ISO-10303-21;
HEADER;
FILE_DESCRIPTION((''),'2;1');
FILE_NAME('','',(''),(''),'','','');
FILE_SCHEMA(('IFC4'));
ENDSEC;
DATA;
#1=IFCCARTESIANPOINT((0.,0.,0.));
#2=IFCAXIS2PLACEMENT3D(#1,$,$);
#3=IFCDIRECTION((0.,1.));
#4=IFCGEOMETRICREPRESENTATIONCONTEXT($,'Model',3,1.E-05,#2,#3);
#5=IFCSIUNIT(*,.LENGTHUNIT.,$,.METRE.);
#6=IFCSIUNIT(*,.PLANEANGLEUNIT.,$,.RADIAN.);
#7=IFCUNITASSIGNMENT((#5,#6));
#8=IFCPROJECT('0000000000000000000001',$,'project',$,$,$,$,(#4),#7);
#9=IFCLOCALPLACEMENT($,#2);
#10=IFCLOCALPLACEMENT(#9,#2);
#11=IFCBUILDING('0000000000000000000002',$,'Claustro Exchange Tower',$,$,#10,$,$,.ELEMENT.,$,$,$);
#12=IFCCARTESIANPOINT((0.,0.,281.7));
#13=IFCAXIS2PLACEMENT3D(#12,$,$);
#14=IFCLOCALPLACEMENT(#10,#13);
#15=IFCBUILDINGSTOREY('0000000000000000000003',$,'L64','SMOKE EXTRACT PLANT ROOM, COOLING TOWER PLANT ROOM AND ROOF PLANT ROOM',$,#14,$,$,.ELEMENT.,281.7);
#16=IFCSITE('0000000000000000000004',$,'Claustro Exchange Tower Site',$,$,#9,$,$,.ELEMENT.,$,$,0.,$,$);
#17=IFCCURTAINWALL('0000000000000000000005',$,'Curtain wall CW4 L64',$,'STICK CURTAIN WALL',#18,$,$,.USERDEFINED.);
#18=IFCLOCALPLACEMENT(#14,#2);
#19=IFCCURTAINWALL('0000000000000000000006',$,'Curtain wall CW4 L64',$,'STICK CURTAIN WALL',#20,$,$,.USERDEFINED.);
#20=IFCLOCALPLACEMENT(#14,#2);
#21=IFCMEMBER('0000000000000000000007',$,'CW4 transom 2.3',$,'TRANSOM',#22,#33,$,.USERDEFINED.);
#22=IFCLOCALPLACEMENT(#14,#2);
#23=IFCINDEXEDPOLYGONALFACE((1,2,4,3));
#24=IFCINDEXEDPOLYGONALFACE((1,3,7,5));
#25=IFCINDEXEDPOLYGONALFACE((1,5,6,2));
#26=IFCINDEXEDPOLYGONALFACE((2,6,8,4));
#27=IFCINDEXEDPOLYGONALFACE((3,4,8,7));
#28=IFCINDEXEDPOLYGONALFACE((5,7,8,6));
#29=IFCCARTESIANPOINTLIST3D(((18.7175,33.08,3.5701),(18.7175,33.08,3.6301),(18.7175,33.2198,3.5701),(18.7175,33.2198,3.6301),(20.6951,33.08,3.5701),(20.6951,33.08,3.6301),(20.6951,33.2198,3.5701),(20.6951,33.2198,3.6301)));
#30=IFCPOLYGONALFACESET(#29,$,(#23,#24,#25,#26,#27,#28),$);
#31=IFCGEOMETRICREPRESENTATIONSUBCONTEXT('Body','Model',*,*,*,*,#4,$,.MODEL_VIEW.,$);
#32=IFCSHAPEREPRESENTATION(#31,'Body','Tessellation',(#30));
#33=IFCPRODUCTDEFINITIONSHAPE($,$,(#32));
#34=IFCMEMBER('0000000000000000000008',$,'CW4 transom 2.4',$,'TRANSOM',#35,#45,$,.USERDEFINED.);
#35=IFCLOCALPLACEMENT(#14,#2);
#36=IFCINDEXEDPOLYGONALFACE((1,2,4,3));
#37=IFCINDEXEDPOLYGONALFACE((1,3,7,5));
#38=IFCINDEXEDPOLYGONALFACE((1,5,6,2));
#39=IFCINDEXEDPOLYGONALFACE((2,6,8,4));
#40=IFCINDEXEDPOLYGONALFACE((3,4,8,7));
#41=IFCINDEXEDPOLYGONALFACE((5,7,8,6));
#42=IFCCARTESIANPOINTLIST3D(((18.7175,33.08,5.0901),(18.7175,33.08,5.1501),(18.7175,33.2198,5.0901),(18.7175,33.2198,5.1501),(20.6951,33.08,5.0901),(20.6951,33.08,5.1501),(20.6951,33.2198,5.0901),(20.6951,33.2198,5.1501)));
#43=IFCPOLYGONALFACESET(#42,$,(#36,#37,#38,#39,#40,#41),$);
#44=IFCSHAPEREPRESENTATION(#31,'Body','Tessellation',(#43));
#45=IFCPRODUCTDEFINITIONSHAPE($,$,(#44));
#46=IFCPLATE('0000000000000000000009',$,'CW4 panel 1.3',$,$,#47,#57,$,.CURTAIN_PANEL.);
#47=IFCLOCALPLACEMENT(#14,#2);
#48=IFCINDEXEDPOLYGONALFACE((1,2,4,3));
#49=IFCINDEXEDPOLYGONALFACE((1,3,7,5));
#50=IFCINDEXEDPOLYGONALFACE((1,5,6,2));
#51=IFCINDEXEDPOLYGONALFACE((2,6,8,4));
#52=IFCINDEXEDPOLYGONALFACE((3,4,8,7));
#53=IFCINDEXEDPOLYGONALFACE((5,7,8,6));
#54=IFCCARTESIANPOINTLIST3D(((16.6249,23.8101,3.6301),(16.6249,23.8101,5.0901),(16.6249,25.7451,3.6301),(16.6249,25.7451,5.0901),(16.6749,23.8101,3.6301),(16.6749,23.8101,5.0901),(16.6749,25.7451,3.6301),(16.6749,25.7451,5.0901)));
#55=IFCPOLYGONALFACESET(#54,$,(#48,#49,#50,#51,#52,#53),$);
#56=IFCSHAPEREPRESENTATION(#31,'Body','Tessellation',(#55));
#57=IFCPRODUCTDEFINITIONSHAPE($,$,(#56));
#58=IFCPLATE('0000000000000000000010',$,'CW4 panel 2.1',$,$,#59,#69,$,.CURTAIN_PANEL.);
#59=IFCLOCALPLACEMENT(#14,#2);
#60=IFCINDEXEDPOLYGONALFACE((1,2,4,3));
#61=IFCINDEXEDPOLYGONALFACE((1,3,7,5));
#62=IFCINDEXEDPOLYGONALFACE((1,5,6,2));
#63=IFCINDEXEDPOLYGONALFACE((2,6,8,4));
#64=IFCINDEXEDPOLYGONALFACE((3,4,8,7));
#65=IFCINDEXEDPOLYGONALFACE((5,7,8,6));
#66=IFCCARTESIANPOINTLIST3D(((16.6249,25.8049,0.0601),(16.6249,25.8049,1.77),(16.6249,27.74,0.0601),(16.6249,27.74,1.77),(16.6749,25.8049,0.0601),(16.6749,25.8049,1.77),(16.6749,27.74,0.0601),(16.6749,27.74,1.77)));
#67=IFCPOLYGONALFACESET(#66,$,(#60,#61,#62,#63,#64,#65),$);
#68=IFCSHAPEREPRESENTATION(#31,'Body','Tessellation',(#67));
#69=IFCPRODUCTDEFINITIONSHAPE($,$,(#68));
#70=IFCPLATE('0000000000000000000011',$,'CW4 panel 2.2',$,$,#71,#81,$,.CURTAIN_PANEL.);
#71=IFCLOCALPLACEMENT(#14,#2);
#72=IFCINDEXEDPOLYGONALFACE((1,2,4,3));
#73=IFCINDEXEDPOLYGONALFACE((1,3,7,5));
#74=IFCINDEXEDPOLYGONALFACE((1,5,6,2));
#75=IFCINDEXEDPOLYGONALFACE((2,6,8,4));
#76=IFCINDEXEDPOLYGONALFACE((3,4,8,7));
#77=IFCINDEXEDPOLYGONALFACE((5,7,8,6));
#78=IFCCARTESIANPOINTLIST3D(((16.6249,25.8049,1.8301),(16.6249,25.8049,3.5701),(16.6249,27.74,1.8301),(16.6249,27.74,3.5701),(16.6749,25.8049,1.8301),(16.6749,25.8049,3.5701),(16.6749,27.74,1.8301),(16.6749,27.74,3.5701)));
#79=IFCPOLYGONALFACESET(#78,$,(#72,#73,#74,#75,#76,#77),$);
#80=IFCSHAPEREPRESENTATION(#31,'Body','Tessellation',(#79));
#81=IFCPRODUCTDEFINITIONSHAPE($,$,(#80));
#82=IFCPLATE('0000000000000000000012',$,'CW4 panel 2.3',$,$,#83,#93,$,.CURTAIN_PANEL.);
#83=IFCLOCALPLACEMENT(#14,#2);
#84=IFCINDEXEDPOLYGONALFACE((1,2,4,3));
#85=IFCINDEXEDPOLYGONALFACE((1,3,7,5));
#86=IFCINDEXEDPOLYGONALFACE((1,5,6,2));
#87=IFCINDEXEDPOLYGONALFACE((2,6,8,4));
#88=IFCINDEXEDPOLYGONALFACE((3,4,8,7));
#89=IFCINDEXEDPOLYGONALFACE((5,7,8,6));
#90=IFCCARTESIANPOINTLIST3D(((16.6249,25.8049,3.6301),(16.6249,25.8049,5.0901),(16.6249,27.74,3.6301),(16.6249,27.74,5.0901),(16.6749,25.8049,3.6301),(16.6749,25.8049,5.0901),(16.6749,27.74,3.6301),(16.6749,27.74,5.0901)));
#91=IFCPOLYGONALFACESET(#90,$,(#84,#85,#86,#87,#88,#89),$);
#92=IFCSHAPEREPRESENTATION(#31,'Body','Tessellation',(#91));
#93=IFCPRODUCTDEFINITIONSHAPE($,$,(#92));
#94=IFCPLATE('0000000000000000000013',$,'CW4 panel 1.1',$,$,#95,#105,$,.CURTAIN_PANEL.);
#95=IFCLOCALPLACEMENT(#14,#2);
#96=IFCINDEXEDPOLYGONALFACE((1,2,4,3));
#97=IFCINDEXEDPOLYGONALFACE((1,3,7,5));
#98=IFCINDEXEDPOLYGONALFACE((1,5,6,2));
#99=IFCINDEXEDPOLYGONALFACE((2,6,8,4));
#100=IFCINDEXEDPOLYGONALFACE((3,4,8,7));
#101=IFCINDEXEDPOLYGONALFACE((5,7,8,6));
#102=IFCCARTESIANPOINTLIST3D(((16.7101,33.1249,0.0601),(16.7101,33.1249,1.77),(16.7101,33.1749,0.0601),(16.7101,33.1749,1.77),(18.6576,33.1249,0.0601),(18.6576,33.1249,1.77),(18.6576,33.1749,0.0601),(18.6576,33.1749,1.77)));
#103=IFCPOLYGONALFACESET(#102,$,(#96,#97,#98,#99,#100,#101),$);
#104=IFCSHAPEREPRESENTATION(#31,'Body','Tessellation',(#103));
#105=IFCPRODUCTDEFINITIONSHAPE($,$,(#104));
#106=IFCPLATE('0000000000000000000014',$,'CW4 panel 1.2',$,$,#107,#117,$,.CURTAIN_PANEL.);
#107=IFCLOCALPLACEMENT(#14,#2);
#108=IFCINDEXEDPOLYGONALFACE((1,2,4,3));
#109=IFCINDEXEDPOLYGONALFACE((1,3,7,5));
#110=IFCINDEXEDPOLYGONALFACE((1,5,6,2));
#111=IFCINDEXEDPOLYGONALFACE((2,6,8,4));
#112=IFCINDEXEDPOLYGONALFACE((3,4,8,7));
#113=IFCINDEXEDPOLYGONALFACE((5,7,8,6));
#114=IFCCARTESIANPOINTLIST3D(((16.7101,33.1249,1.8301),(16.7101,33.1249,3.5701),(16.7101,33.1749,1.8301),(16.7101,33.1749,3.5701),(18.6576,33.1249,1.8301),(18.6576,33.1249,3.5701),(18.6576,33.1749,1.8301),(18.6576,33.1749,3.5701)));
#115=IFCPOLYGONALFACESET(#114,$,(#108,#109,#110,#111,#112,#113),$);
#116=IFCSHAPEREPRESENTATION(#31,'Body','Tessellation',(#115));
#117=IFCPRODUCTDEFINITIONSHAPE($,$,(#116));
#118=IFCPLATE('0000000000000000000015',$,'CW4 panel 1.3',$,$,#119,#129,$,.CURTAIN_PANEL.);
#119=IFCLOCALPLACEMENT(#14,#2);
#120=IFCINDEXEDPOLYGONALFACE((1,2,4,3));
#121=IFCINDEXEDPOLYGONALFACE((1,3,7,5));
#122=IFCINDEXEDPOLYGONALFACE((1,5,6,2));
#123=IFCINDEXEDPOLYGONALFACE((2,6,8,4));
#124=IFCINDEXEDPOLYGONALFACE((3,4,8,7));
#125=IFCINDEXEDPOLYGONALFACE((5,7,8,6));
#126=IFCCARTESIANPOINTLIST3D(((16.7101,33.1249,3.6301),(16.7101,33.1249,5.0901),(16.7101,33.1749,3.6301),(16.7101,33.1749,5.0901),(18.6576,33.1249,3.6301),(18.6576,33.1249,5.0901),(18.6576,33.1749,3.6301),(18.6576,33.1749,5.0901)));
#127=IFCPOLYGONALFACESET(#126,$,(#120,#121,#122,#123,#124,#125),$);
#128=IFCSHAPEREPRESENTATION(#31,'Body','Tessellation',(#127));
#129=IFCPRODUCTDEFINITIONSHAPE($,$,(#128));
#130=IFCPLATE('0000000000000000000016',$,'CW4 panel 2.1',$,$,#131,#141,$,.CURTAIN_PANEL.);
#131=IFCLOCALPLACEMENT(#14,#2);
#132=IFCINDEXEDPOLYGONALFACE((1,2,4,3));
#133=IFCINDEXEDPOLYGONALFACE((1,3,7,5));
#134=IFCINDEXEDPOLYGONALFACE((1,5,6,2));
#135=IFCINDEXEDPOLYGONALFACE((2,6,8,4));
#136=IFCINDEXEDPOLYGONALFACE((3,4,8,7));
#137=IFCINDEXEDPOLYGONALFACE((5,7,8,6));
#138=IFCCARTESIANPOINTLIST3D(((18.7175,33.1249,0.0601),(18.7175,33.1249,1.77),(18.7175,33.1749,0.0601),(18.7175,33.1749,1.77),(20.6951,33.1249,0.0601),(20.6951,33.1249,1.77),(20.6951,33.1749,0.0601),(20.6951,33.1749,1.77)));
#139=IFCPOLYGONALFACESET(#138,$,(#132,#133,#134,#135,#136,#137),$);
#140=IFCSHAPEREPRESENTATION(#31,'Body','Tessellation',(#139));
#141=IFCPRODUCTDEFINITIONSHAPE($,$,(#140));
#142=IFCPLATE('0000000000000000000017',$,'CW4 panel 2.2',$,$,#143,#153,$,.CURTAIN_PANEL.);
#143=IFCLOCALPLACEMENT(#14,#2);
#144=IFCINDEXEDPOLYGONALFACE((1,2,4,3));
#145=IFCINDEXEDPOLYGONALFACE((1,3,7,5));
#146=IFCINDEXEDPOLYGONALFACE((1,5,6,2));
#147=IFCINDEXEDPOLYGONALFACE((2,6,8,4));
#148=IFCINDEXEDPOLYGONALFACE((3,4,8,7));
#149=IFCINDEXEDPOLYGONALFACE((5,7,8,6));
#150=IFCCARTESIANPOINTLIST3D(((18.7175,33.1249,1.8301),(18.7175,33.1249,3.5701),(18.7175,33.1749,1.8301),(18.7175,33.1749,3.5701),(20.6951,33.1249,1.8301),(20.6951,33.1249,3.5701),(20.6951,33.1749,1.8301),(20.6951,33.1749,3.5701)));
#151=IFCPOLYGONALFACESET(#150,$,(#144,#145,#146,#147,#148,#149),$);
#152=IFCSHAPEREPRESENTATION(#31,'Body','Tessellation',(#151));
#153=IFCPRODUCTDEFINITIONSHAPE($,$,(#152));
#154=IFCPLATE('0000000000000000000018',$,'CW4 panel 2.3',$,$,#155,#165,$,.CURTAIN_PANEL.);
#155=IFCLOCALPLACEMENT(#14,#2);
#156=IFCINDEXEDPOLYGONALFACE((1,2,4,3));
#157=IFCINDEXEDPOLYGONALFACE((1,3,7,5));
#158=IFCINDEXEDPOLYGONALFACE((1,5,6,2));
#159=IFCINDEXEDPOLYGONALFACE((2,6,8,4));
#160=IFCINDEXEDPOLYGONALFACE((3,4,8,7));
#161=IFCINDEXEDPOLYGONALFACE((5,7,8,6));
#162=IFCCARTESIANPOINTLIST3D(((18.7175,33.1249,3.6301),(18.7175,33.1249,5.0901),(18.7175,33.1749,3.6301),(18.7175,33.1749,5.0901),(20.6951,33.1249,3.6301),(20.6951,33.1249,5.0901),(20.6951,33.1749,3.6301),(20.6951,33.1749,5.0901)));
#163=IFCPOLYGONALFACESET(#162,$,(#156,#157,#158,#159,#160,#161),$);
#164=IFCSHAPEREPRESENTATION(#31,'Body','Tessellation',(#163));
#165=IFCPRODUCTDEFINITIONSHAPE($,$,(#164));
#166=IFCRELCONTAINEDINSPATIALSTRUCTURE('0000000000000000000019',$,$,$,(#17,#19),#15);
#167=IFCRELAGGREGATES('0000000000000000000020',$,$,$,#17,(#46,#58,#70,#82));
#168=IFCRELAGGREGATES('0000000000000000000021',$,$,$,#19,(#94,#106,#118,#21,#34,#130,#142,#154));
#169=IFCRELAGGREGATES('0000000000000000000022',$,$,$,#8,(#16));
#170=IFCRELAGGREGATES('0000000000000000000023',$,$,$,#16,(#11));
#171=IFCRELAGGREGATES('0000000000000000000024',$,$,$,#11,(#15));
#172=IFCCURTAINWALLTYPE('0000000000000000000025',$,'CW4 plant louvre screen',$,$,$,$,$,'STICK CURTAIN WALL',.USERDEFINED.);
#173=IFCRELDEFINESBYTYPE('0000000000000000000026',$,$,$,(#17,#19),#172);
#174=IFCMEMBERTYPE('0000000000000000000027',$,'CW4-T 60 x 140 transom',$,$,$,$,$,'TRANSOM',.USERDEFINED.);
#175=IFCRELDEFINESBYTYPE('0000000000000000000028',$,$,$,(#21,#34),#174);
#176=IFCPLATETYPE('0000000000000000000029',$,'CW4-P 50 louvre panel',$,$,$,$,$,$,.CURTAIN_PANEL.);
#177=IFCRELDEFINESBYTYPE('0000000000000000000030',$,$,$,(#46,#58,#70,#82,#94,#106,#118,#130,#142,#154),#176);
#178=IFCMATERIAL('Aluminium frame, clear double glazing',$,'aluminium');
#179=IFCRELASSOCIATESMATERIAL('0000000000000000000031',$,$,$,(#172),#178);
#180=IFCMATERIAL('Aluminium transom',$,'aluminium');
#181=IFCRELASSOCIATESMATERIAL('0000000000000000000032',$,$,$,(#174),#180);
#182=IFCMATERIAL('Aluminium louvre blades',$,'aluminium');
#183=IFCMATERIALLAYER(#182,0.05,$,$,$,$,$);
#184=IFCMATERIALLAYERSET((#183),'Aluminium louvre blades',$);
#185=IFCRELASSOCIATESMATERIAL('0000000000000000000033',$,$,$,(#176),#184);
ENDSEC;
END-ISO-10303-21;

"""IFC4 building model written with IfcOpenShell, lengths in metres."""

from ifc_helpers import new_model, si_unit, direction, frame, origin, origin_2d, place, context, subcontext, project, spatial, rectangle, extrude, material, layer, layer_set, material_profile, profile_set, type_object, element, aggregate, save


model = new_model("IFC4")

# Units and contexts
model_context = context("Model", 3, precision=1e-05, world=origin(), true_north=direction((0.0, 1.0)))
body_context = subcontext(model_context, "Body", "Model", "MODEL_VIEW")
ifc_project = project(units=[si_unit("LENGTHUNIT", "METRE"), si_unit("PLANEANGLEUNIT", "RADIAN")], contexts=[model_context])

# Site, building, storey
site_placement = place(None, origin())
site = spatial("IfcSite", under=ifc_project, at=site_placement, Name="Claustro Exchange Tower Site", CompositionType="ELEMENT", RefElevation=0.0)
building_placement = place(site_placement, origin())
building = spatial("IfcBuilding", under=site, at=building_placement, Name="Claustro Exchange Tower", CompositionType="ELEMENT")
storey_placement = place(building_placement, frame((0.0, 0.0, 281.7)))
storey = spatial("IfcBuildingStorey", under=building, at=storey_placement, Name="L64", Description="SMOKE EXTRACT PLANT ROOM, COOLING TOWER PLANT ROOM AND ROOF PLANT ROOM", CompositionType="ELEMENT", Elevation=281.7)

# Curtain walls
ifc_material_1 = material(Name="Aluminium frame, clear double glazing", Category="aluminium")
curtain_wall_type = type_object("IfcCurtainWallType", Name="CW4 plant louvre screen", ElementType="STICK CURTAIN WALL", PredefinedType="USERDEFINED", material=ifc_material_1)
curtain_wall_1_placement = place(storey_placement, origin())
curtain_wall_1 = element("IfcCurtainWall", 1, at=curtain_wall_1_placement, inside=storey, type_object=curtain_wall_type, Name="Curtain wall CW4 L64", ObjectType="STICK CURTAIN WALL", PredefinedType="USERDEFINED")
curtain_wall_2_placement = place(storey_placement, origin())
curtain_wall_2 = element("IfcCurtainWall", 2, at=curtain_wall_2_placement, inside=storey, type_object=curtain_wall_type, Name="Curtain wall CW4 L64", ObjectType="STICK CURTAIN WALL", PredefinedType="USERDEFINED")

# Members
ifc_material_2 = material(Name="Aluminium transom", Category="aluminium")
ifc_material_profile_1 = material_profile(ifc_material_2, rectangle(XDim=0.1399, YDim=0.0601, at=origin_2d()), Name="CW4-T 60x140")
ifc_profile_set_1 = profile_set([ifc_material_profile_1], Name="Aluminium transom")
member_type_1 = type_object("IfcMemberType", Name="CW4-T 60 x 140 transom", ElementType="TRANSOM", PredefinedType="USERDEFINED", material=ifc_profile_set_1)
member_1_placement = place(storey_placement, frame((18.7175, 33.1499, 3.6001), z_axis=(1.0, 0.0, 0.0), x_axis=(0.0, 1.0, 0.0)))
member_1 = element("IfcMember", 3, at=member_1_placement, type_object=member_type_1, Name="CW4 transom 2.3", ObjectType="TRANSOM", PredefinedType="USERDEFINED", context=body_context, shape_type="SweptSolid", body=[
    extrude(rectangle(XDim=0.1399, YDim=0.0601, at=origin_2d()), origin(), (0.0, 0.0, 1.0), 1.9775),
])
member_2_placement = place(storey_placement, frame((18.7175, 33.1499, 5.1201), z_axis=(1.0, 0.0, 0.0), x_axis=(0.0, 1.0, 0.0)))
member_2 = element("IfcMember", 4, at=member_2_placement, type_object=member_type_1, Name="CW4 transom 2.4", ObjectType="TRANSOM", PredefinedType="USERDEFINED", context=body_context, shape_type="SweptSolid", body=[
    extrude(rectangle(XDim=0.1399, YDim=0.0601, at=origin_2d()), origin(), (0.0, 0.0, 1.0), 1.9775),
])

# Plates
ifc_material_3 = material(Name="Aluminium louvre blades", Category="aluminium")
ifc_layer = layer(ifc_material_3, 0.05)
ifc_layer_set = layer_set([ifc_layer], Name="Aluminium louvre blades")
plate_type = type_object("IfcPlateType", Name="CW4-P 50 louvre panel", PredefinedType="CURTAIN_PANEL", material=ifc_layer_set)
plate_1_placement = place(storey_placement, frame((16.6499, 24.7776, 3.6301), z_axis=(0.0, 0.0, 1.0), x_axis=(0.0, 1.0, 0.0)))
plate_1 = element("IfcPlate", 5, at=plate_1_placement, type_object=plate_type, Name="CW4 panel 1.3", PredefinedType="CURTAIN_PANEL", context=body_context, shape_type="SweptSolid", body=[
    extrude(rectangle(XDim=1.9351, YDim=0.05, at=origin_2d()), origin(), (0.0, 0.0, 1.0), 1.46),
])
plate_2_placement = place(storey_placement, frame((16.6499, 26.7725, 0.0601), z_axis=(0.0, 0.0, 1.0), x_axis=(0.0, 1.0, 0.0)))
plate_2 = element("IfcPlate", 6, at=plate_2_placement, type_object=plate_type, Name="CW4 panel 2.1", PredefinedType="CURTAIN_PANEL", context=body_context, shape_type="SweptSolid", body=[
    extrude(rectangle(XDim=1.9351, YDim=0.05, at=origin_2d()), origin(), (0.0, 0.0, 1.0), 1.71),
])
plate_3_placement = place(storey_placement, frame((16.6499, 26.7725, 1.8301), z_axis=(0.0, 0.0, 1.0), x_axis=(0.0, 1.0, 0.0)))
plate_3 = element("IfcPlate", 7, at=plate_3_placement, type_object=plate_type, Name="CW4 panel 2.2", PredefinedType="CURTAIN_PANEL", context=body_context, shape_type="SweptSolid", body=[
    extrude(rectangle(XDim=1.9351, YDim=0.05, at=origin_2d()), origin(), (0.0, 0.0, 1.0), 1.74),
])
plate_4_placement = place(storey_placement, frame((16.6499, 26.7725, 3.6301), z_axis=(0.0, 0.0, 1.0), x_axis=(0.0, 1.0, 0.0)))
plate_4 = element("IfcPlate", 8, at=plate_4_placement, type_object=plate_type, Name="CW4 panel 2.3", PredefinedType="CURTAIN_PANEL", context=body_context, shape_type="SweptSolid", body=[
    extrude(rectangle(XDim=1.9351, YDim=0.05, at=origin_2d()), origin(), (0.0, 0.0, 1.0), 1.46),
])
aggregate(curtain_wall_1, [plate_1, plate_2, plate_3, plate_4])
plate_5_placement = place(storey_placement, frame((17.6838, 33.1499, 0.0601), z_axis=(0.0, 0.0, 1.0), x_axis=(1.0, 0.0, 0.0)))
plate_5 = element("IfcPlate", 9, at=plate_5_placement, type_object=plate_type, Name="CW4 panel 1.1", PredefinedType="CURTAIN_PANEL", context=body_context, shape_type="SweptSolid", body=[
    extrude(rectangle(XDim=1.9475, YDim=0.05, at=origin_2d()), origin(), (0.0, 0.0, 1.0), 1.71),
])
plate_6_placement = place(storey_placement, frame((17.6838, 33.1499, 1.8301), z_axis=(0.0, 0.0, 1.0), x_axis=(1.0, 0.0, 0.0)))
plate_6 = element("IfcPlate", 10, at=plate_6_placement, type_object=plate_type, Name="CW4 panel 1.2", PredefinedType="CURTAIN_PANEL", context=body_context, shape_type="SweptSolid", body=[
    extrude(rectangle(XDim=1.9475, YDim=0.05, at=origin_2d()), origin(), (0.0, 0.0, 1.0), 1.74),
])
plate_7_placement = place(storey_placement, frame((17.6838, 33.1499, 3.6301), z_axis=(0.0, 0.0, 1.0), x_axis=(1.0, 0.0, 0.0)))
plate_7 = element("IfcPlate", 11, at=plate_7_placement, type_object=plate_type, Name="CW4 panel 1.3", PredefinedType="CURTAIN_PANEL", context=body_context, shape_type="SweptSolid", body=[
    extrude(rectangle(XDim=1.9475, YDim=0.05, at=origin_2d()), origin(), (0.0, 0.0, 1.0), 1.46),
])
plate_8_placement = place(storey_placement, frame((19.7063, 33.1499, 0.0601), z_axis=(0.0, 0.0, 1.0), x_axis=(1.0, 0.0, 0.0)))
plate_8 = element("IfcPlate", 12, at=plate_8_placement, type_object=plate_type, Name="CW4 panel 2.1", PredefinedType="CURTAIN_PANEL", context=body_context, shape_type="SweptSolid", body=[
    extrude(rectangle(XDim=1.9775, YDim=0.05, at=origin_2d()), origin(), (0.0, 0.0, 1.0), 1.71),
])
plate_9_placement = place(storey_placement, frame((19.7063, 33.1499, 1.8301), z_axis=(0.0, 0.0, 1.0), x_axis=(1.0, 0.0, 0.0)))
plate_9 = element("IfcPlate", 13, at=plate_9_placement, type_object=plate_type, Name="CW4 panel 2.2", PredefinedType="CURTAIN_PANEL", context=body_context, shape_type="SweptSolid", body=[
    extrude(rectangle(XDim=1.9775, YDim=0.05, at=origin_2d()), origin(), (0.0, 0.0, 1.0), 1.74),
])
plate_10_placement = place(storey_placement, frame((19.7063, 33.1499, 3.6301), z_axis=(0.0, 0.0, 1.0), x_axis=(1.0, 0.0, 0.0)))
plate_10 = element("IfcPlate", 14, at=plate_10_placement, type_object=plate_type, Name="CW4 panel 2.3", PredefinedType="CURTAIN_PANEL", context=body_context, shape_type="SweptSolid", body=[
    extrude(rectangle(XDim=1.9775, YDim=0.05, at=origin_2d()), origin(), (0.0, 0.0, 1.0), 1.46),
])
aggregate(curtain_wall_2, [plate_5, plate_6, plate_7, member_1, member_2, plate_8, plate_9, plate_10])

save(model, "model.ifc")
